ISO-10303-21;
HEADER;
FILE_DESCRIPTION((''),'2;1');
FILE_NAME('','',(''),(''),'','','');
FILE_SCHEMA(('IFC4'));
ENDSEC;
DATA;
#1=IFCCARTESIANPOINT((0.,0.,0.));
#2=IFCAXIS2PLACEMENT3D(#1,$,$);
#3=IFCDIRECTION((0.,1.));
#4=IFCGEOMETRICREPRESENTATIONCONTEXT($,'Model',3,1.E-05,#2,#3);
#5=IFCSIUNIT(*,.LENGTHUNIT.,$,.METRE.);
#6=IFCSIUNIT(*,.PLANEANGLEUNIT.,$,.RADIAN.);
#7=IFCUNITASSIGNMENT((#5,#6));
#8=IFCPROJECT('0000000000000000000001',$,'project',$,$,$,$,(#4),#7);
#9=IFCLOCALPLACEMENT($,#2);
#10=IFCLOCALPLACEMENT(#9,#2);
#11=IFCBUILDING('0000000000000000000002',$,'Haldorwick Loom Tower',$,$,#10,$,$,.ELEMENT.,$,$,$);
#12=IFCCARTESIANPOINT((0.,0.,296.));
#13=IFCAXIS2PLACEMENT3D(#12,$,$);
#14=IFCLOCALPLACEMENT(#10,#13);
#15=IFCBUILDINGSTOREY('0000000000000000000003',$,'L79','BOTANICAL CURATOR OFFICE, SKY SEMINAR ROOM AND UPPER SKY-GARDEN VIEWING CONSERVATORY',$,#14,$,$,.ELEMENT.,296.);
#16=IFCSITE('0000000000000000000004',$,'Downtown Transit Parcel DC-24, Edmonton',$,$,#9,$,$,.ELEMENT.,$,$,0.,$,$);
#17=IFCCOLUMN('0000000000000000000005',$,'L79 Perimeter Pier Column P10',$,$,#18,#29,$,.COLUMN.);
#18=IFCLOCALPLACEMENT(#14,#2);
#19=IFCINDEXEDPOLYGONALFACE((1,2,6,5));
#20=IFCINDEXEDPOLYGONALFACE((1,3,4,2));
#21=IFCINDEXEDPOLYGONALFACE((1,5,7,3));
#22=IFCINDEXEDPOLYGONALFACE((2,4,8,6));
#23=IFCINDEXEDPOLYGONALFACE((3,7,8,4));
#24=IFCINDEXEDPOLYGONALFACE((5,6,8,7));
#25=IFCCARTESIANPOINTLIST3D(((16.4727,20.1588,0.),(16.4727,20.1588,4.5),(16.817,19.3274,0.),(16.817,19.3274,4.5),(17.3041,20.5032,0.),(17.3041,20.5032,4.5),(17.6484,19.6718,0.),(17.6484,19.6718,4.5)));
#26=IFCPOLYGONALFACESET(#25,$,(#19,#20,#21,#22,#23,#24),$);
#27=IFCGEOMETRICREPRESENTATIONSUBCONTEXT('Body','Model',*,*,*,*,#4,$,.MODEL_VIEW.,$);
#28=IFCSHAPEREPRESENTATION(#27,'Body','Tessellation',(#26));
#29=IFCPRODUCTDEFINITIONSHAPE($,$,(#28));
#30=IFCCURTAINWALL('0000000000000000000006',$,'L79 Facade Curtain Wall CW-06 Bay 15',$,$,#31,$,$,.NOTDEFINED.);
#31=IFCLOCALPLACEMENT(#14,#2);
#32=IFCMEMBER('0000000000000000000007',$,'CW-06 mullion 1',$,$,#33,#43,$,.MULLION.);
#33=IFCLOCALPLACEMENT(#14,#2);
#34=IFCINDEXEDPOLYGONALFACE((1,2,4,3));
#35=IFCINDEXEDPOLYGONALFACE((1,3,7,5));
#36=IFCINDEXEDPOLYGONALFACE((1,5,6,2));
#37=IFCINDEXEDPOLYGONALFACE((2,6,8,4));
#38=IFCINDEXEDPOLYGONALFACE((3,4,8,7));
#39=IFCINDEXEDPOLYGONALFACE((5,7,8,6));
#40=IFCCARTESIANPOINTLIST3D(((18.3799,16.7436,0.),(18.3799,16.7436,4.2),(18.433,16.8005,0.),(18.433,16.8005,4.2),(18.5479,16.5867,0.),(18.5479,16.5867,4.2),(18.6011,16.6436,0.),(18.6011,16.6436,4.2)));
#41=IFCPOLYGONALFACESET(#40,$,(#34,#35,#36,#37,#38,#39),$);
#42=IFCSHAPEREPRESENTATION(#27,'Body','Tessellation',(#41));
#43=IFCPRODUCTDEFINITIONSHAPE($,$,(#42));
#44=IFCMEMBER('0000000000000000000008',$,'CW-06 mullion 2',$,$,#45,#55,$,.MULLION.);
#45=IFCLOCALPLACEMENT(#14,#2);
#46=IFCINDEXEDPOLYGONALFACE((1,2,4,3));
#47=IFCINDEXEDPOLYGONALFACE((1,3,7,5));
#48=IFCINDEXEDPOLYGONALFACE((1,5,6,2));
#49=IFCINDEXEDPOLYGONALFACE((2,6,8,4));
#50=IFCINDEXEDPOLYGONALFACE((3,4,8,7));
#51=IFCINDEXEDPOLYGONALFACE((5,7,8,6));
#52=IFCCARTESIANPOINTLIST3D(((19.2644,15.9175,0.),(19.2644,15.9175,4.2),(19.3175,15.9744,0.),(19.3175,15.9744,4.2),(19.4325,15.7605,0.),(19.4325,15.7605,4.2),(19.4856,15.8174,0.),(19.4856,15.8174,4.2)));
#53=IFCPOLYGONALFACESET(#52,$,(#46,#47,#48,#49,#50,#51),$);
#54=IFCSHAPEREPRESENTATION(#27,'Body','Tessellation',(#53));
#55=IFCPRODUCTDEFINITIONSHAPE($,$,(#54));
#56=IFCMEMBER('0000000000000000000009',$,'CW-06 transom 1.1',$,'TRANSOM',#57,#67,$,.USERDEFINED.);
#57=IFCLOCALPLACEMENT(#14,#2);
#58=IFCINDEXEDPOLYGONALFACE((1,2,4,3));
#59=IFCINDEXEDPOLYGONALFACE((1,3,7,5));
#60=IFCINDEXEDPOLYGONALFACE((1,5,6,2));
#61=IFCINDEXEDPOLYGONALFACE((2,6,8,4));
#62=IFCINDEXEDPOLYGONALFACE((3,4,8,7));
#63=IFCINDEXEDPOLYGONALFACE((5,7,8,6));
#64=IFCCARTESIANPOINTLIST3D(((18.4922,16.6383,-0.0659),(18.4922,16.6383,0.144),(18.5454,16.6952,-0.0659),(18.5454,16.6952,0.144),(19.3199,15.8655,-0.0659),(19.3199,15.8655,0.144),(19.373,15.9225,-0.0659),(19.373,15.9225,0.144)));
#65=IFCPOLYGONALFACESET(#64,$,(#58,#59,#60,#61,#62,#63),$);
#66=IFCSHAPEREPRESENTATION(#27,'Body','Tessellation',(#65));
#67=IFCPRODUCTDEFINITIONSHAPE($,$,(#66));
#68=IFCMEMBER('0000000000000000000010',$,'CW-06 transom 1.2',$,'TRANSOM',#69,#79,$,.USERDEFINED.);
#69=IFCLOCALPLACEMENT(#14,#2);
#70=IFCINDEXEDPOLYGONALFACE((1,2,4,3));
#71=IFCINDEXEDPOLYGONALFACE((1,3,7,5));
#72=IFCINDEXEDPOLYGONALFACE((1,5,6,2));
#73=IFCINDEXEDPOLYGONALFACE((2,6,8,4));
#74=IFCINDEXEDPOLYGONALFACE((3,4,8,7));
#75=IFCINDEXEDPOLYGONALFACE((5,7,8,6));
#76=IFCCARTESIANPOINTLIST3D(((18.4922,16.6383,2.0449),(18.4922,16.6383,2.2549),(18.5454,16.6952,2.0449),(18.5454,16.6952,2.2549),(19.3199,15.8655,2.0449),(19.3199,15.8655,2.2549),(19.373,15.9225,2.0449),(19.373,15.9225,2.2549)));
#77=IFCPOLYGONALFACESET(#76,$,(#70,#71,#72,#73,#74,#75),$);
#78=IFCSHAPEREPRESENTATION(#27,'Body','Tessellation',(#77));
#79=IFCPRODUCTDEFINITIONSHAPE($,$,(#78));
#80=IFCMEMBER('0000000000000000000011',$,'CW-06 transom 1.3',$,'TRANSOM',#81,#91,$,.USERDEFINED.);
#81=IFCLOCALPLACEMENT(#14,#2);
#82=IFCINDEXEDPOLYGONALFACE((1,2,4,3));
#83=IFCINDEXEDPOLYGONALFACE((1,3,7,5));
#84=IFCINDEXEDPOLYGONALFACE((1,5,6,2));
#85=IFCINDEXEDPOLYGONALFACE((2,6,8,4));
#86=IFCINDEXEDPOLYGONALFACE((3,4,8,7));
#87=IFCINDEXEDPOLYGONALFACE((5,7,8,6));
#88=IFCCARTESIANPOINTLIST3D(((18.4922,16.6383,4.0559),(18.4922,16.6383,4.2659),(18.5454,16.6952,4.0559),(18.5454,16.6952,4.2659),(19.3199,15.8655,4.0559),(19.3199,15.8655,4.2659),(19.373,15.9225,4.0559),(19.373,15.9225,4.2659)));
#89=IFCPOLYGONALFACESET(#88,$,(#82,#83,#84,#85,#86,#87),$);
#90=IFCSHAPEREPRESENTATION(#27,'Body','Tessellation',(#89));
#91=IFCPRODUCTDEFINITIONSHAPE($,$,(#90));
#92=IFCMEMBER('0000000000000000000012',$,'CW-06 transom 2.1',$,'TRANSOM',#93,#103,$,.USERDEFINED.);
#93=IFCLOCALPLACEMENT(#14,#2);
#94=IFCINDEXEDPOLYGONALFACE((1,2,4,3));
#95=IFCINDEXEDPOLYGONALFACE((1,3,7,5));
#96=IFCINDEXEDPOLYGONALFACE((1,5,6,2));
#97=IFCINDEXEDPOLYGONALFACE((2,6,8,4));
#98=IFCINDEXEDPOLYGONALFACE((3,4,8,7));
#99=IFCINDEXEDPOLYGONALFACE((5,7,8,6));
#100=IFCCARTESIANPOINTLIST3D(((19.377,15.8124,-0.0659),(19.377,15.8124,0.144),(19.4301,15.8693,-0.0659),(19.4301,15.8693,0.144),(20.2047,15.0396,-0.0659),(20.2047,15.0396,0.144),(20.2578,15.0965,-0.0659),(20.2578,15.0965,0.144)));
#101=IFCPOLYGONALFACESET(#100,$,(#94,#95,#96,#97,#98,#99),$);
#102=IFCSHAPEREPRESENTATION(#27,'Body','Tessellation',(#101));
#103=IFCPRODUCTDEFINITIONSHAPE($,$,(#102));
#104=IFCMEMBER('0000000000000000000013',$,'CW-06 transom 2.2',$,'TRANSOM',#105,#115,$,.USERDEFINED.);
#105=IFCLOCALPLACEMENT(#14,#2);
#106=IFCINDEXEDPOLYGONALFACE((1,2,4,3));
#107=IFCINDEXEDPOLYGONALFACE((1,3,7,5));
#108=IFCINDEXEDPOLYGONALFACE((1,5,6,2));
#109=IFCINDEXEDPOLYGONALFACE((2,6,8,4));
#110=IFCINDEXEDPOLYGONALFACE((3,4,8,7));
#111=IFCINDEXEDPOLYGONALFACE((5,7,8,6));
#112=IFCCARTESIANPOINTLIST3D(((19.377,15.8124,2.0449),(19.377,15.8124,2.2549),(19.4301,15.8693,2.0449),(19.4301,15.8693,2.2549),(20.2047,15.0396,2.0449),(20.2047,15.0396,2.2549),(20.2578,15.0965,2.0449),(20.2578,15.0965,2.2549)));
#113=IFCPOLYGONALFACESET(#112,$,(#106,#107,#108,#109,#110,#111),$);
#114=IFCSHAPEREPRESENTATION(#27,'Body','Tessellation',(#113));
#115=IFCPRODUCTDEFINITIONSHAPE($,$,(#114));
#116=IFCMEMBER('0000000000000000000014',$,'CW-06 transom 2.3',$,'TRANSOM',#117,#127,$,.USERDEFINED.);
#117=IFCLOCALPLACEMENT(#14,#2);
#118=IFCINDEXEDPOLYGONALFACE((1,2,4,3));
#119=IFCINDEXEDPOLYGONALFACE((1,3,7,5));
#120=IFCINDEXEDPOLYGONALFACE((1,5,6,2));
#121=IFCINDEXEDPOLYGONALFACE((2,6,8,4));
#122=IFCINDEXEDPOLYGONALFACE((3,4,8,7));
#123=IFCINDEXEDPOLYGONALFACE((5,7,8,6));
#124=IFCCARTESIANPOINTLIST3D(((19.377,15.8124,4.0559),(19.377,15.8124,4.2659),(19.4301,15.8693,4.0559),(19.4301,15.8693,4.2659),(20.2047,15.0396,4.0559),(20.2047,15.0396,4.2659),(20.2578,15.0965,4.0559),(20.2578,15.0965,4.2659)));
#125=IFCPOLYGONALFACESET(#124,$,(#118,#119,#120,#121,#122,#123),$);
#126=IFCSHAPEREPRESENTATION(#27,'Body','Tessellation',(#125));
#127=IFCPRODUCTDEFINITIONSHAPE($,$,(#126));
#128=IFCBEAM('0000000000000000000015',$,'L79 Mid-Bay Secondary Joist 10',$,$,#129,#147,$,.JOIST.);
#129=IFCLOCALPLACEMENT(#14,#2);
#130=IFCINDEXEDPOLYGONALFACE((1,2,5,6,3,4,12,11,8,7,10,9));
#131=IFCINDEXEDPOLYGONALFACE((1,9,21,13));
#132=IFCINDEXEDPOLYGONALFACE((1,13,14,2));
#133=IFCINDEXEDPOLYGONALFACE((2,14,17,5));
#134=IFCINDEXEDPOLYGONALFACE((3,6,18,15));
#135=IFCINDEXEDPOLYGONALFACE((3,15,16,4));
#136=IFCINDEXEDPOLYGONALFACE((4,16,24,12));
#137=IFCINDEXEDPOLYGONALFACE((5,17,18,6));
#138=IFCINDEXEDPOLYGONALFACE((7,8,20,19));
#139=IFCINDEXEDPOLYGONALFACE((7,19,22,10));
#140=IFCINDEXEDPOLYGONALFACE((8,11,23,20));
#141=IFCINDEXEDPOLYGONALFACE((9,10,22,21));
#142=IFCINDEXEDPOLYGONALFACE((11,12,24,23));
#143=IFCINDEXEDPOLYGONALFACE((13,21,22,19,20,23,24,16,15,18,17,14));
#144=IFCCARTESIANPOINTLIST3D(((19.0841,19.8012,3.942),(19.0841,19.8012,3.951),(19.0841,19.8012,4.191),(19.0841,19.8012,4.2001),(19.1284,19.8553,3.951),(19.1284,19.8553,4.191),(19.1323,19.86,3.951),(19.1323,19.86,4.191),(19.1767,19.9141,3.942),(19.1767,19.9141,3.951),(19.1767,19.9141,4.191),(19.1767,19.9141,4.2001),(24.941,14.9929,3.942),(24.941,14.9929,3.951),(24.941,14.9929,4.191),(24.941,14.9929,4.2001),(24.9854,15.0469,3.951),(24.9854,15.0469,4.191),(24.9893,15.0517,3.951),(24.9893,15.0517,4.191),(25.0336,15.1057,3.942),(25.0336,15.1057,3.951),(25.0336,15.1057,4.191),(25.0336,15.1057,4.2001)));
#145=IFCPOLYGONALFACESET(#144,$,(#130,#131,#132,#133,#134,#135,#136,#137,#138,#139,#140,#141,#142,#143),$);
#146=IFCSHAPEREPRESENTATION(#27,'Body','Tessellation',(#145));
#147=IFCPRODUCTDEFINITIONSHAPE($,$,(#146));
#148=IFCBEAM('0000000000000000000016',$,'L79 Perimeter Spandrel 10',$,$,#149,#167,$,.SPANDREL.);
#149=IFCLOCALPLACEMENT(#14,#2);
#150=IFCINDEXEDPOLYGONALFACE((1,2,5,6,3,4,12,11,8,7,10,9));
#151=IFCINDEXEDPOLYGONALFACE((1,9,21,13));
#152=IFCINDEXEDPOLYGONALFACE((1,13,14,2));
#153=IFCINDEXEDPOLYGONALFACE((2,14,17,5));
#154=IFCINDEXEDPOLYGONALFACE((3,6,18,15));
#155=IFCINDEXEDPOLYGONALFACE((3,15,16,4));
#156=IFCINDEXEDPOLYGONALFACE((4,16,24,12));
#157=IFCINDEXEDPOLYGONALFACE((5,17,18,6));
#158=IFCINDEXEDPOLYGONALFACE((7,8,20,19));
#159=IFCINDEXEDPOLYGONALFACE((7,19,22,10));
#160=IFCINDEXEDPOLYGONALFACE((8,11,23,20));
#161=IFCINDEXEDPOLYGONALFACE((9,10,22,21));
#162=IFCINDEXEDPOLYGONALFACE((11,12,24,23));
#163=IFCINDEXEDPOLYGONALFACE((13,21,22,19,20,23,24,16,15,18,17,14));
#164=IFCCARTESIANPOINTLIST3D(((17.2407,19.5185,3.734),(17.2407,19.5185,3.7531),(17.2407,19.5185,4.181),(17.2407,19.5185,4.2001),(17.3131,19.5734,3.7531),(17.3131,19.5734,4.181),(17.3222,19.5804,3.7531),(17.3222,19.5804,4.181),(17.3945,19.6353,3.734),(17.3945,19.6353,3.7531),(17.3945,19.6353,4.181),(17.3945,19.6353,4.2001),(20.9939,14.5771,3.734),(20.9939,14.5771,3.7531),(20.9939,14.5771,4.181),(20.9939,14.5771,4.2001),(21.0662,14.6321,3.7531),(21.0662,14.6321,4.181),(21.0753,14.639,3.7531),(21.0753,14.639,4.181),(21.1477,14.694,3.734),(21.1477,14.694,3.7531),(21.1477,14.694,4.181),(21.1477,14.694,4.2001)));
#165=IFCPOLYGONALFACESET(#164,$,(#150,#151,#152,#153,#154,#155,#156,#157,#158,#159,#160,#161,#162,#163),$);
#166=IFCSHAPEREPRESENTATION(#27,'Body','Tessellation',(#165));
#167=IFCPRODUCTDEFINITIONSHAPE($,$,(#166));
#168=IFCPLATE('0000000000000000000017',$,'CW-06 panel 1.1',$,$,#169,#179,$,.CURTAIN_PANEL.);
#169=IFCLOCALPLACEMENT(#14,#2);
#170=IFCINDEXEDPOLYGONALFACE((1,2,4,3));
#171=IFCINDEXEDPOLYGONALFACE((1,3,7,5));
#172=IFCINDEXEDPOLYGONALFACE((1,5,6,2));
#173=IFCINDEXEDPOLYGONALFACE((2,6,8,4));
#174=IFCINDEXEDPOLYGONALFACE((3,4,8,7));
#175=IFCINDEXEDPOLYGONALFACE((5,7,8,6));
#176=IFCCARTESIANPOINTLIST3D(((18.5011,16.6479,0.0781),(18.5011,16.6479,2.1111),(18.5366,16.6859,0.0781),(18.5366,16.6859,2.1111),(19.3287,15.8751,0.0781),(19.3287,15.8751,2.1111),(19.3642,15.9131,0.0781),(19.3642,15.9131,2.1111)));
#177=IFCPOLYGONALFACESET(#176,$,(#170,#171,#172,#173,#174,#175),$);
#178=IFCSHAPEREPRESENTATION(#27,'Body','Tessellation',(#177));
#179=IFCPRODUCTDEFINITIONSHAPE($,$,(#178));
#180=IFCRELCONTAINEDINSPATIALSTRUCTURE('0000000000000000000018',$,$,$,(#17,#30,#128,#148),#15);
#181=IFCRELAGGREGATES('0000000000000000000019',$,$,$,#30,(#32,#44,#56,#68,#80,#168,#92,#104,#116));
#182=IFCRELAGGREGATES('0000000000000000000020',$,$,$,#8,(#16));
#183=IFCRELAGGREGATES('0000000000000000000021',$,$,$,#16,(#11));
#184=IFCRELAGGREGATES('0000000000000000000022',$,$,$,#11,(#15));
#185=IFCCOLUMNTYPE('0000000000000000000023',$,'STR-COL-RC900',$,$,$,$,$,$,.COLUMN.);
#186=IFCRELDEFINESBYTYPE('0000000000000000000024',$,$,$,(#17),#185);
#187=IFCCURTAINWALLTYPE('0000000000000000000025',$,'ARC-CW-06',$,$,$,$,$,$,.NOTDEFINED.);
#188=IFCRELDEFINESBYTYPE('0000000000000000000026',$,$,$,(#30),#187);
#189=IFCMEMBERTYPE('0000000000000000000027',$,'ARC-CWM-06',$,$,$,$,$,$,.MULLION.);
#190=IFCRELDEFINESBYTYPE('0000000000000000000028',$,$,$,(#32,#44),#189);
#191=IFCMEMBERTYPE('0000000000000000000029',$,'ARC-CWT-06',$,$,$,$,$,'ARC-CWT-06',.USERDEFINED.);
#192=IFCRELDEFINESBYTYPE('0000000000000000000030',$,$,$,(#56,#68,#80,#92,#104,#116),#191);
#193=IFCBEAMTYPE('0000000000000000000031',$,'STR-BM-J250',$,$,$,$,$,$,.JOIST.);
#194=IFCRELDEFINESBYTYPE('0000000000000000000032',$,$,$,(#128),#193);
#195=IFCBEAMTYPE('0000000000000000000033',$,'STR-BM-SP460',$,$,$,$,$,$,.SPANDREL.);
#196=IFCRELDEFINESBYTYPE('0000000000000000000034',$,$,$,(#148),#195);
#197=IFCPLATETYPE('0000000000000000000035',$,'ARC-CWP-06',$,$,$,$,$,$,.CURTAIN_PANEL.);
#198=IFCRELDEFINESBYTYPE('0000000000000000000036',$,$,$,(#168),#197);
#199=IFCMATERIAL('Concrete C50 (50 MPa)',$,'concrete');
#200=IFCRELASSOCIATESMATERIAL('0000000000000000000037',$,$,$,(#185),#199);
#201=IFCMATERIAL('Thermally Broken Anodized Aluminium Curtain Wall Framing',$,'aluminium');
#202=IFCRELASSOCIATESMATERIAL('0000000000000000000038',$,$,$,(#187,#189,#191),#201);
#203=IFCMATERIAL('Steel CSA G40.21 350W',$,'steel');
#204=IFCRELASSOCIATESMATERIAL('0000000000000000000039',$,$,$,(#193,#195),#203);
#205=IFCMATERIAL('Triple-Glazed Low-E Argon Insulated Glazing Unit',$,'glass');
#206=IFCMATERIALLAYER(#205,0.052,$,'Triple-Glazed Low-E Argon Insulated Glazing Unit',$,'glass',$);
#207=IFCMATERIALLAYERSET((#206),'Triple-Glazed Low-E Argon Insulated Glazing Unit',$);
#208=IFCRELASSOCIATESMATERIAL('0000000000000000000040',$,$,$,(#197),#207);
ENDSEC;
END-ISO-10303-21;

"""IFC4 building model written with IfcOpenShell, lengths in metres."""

from ifc_helpers import new_model, si_unit, direction, frame, origin, origin_2d, place, context, subcontext, project, spatial, rectangle, i_section, extrude, material, layer, layer_set, material_profile, profile_set, type_object, element, aggregate, save


model = new_model("IFC4")

# Units and contexts
model_context = context("Model", 3, precision=1e-05, world=origin(), true_north=direction((0.0, 1.0)))
body_context = subcontext(model_context, "Body", "Model", "MODEL_VIEW")
ifc_project = project(units=[si_unit("LENGTHUNIT", "METRE"), si_unit("PLANEANGLEUNIT", "RADIAN")], contexts=[model_context])

# Site, building, storey
site_placement = place(None, origin())
site = spatial("IfcSite", under=ifc_project, at=site_placement, Name="Downtown Transit Parcel DC-24, Edmonton", CompositionType="ELEMENT", RefElevation=0.0)
building_placement = place(site_placement, origin())
building = spatial("IfcBuilding", under=site, at=building_placement, Name="Haldorwick Loom Tower", CompositionType="ELEMENT")
storey_placement = place(building_placement, frame((0.0, 0.0, 296.0)))
storey = spatial("IfcBuildingStorey", under=building, at=storey_placement, Name="L79", Description="BOTANICAL CURATOR OFFICE, SKY SEMINAR ROOM AND UPPER SKY-GARDEN VIEWING CONSERVATORY", CompositionType="ELEMENT", Elevation=296.0)

# Column
ifc_material_1 = material(Name="Concrete C50 (50 MPa)", Category="concrete")
ifc_material_profile_1 = material_profile(ifc_material_1, rectangle(XDim=0.8999, YDim=0.8999, at=origin_2d()), Name="RC900X900", Category="concrete")
ifc_profile_set_1 = profile_set([ifc_material_profile_1], Name="Concrete C50 (50 MPa)")
column_type = type_object("IfcColumnType", Name="STR-COL-RC900", PredefinedType="COLUMN", material=ifc_profile_set_1)
column_placement = place(storey_placement, frame((17.0605, 19.9153, 0.0), z_axis=(0.0, 0.0, 1.0), x_axis=(-0.92388, -0.382683, 0.0)))
element("IfcColumn", 1, at=column_placement, inside=storey, type_object=column_type, Name="L79 Perimeter Pier Column P10", PredefinedType="COLUMN", context=body_context, shape_type="SweptSolid", body=[
    extrude(rectangle(XDim=0.8999, YDim=0.8999, at=origin_2d()), origin(), (0.0, 0.0, 1.0), 4.5),
])

# Curtain wall, members
ifc_material_2 = material(Name="Thermally Broken Anodized Aluminium Curtain Wall Framing", Category="aluminium")
curtain_wall_type = type_object("IfcCurtainWallType", Name="ARC-CW-06", PredefinedType="NOTDEFINED", material=ifc_material_2)
curtain_wall_placement = place(storey_placement, origin())
curtain_wall = element("IfcCurtainWall", 2, at=curtain_wall_placement, inside=storey, type_object=curtain_wall_type, Name="L79 Facade Curtain Wall CW-06 Bay 15", PredefinedType="NOTDEFINED")
ifc_material_profile_2 = material_profile(ifc_material_2, rectangle(XDim=0.0779, YDim=0.23, at=origin_2d()), Name="ALU_MUL_78X230", Category="aluminium")
ifc_profile_set_2 = profile_set([ifc_material_profile_2], Name="Thermally Broken Anodized Aluminium Curtain Wall Framing")
member_type_1 = type_object("IfcMemberType", Name="ARC-CWM-06", PredefinedType="MULLION", material=ifc_profile_set_2)
member_1_placement = place(storey_placement, frame((18.4905, 16.6936, 0.0), z_axis=(0.0, 0.0, 1.0), x_axis=(0.682499, 0.730886, 0.0)))
member_1 = element("IfcMember", 3, at=member_1_placement, type_object=member_type_1, Name="CW-06 mullion 1", PredefinedType="MULLION", context=body_context, shape_type="SweptSolid", body=[
    extrude(rectangle(XDim=0.0779, YDim=0.23, at=origin_2d()), origin(), (0.0, 0.0, 1.0), 4.2),
])
member_2_placement = place(storey_placement, frame((19.375, 15.8674, 0.0), z_axis=(0.0, 0.0, 1.0), x_axis=(0.682499, 0.730886, 0.0)))
member_2 = element("IfcMember", 4, at=member_2_placement, type_object=member_type_1, Name="CW-06 mullion 2", PredefinedType="MULLION", context=body_context, shape_type="SweptSolid", body=[
    extrude(rectangle(XDim=0.0779, YDim=0.23, at=origin_2d()), origin(), (0.0, 0.0, 1.0), 4.2),
])
ifc_material_profile_3 = material_profile(ifc_material_2, rectangle(XDim=0.0779, YDim=0.21, at=origin_2d()), Name="ALU_TRN_78X210", Category="aluminium")
ifc_profile_set_3 = profile_set([ifc_material_profile_3], Name="Thermally Broken Anodized Aluminium Curtain Wall Framing")
member_type_2 = type_object("IfcMemberType", Name="ARC-CWT-06", ElementType="ARC-CWT-06", PredefinedType="USERDEFINED", material=ifc_profile_set_3)
member_3_placement = place(storey_placement, frame((18.5188, 16.6667, 0.0391), z_axis=(0.730948, -0.682433, 0.0), x_axis=(0.682433, 0.730948, 0.0)))
member_3 = element("IfcMember", 5, at=member_3_placement, type_object=member_type_2, Name="CW-06 transom 1.1", ObjectType="TRANSOM", PredefinedType="USERDEFINED", context=body_context, shape_type="SweptSolid", body=[
    extrude(rectangle(XDim=0.0779, YDim=0.21, at=origin_2d()), origin(), (0.0, 0.0, 1.0), 1.1323),
])
member_4_placement = place(storey_placement, frame((18.5188, 16.6667, 2.1499), z_axis=(0.730948, -0.682433, 0.0), x_axis=(0.682433, 0.730948, 0.0)))
member_4 = element("IfcMember", 6, at=member_4_placement, type_object=member_type_2, Name="CW-06 transom 1.2", ObjectType="TRANSOM", PredefinedType="USERDEFINED", context=body_context, shape_type="SweptSolid", body=[
    extrude(rectangle(XDim=0.0779, YDim=0.21, at=origin_2d()), origin(), (0.0, 0.0, 1.0), 1.1323),
])
member_5_placement = place(storey_placement, frame((18.5188, 16.6667, 4.1609), z_axis=(0.730948, -0.682433, 0.0), x_axis=(0.682433, 0.730948, 0.0)))
member_5 = element("IfcMember", 7, at=member_5_placement, type_object=member_type_2, Name="CW-06 transom 1.3", ObjectType="TRANSOM", PredefinedType="USERDEFINED", context=body_context, shape_type="SweptSolid", body=[
    extrude(rectangle(XDim=0.0779, YDim=0.21, at=origin_2d()), origin(), (0.0, 0.0, 1.0), 1.1323),
])
member_6_placement = place(storey_placement, frame((19.4036, 15.8408, 0.0391), z_axis=(0.730948, -0.682433, 0.0), x_axis=(0.682433, 0.730948, 0.0)))
member_6 = element("IfcMember", 8, at=member_6_placement, type_object=member_type_2, Name="CW-06 transom 2.1", ObjectType="TRANSOM", PredefinedType="USERDEFINED", context=body_context, shape_type="SweptSolid", body=[
    extrude(rectangle(XDim=0.0779, YDim=0.21, at=origin_2d()), origin(), (0.0, 0.0, 1.0), 1.1323),
])
member_7_placement = place(storey_placement, frame((19.4036, 15.8408, 2.1499), z_axis=(0.730948, -0.682433, 0.0), x_axis=(0.682433, 0.730948, 0.0)))
member_7 = element("IfcMember", 9, at=member_7_placement, type_object=member_type_2, Name="CW-06 transom 2.2", ObjectType="TRANSOM", PredefinedType="USERDEFINED", context=body_context, shape_type="SweptSolid", body=[
    extrude(rectangle(XDim=0.0779, YDim=0.21, at=origin_2d()), origin(), (0.0, 0.0, 1.0), 1.1323),
])
member_8_placement = place(storey_placement, frame((19.4036, 15.8408, 4.1609), z_axis=(0.730948, -0.682433, 0.0), x_axis=(0.682433, 0.730948, 0.0)))
member_8 = element("IfcMember", 10, at=member_8_placement, type_object=member_type_2, Name="CW-06 transom 2.3", ObjectType="TRANSOM", PredefinedType="USERDEFINED", context=body_context, shape_type="SweptSolid", body=[
    extrude(rectangle(XDim=0.0779, YDim=0.21, at=origin_2d()), origin(), (0.0, 0.0, 1.0), 1.1323),
])

# Beams
ifc_material_3 = material(Name="Steel CSA G40.21 350W", Category="steel")
ifc_material_profile_4 = material_profile(ifc_material_3, i_section(OverallWidth=0.146, OverallDepth=0.2581, WebThickness=0.0061, FlangeThickness=0.009, at=origin_2d()), Name="W250X33", Category="steel")
ifc_profile_set_4 = profile_set([ifc_material_profile_4], Name="Steel CSA G40.21 350W")
beam_type_1 = type_object("IfcBeamType", Name="STR-BM-J250", PredefinedType="JOIST", material=ifc_profile_set_4)
beam_1_placement = place(storey_placement, frame((19.1304, 19.8577, 4.071), z_axis=(0.772901, -0.634526, 0.0), x_axis=(0.634526, 0.772901, 0.0)))
element("IfcBeam", 11, at=beam_1_placement, inside=storey, type_object=beam_type_1, Name="L79 Mid-Bay Secondary Joist 10", PredefinedType="JOIST", context=body_context, shape_type="SweptSolid", body=[
    extrude(i_section(OverallWidth=0.146, OverallDepth=0.2581, WebThickness=0.0061, FlangeThickness=0.009, at=origin_2d()), origin(), (0.0, 0.0, 1.0), 7.5779),
])
ifc_material_profile_5 = material_profile(ifc_material_3, i_section(OverallWidth=0.1931, OverallDepth=0.4661, WebThickness=0.0115, FlangeThickness=0.019, at=origin_2d()), Name="W460X97", Category="steel")
ifc_profile_set_5 = profile_set([ifc_material_profile_5], Name="Steel CSA G40.21 350W")
beam_type_2 = type_object("IfcBeamType", Name="STR-BM-SP460", PredefinedType="SPANDREL", material=ifc_profile_set_5)
beam_2_placement = place(storey_placement, frame((17.3176, 19.5769, 3.967), z_axis=(0.604849, -0.79634, 0.0), x_axis=(0.79634, 0.604849, 0.0)))
element("IfcBeam", 12, at=beam_2_placement, inside=storey, type_object=beam_type_2, Name="L79 Perimeter Spandrel 10", PredefinedType="SPANDREL", context=body_context, shape_type="SweptSolid", body=[
    extrude(i_section(OverallWidth=0.1931, OverallDepth=0.4661, WebThickness=0.0115, FlangeThickness=0.019, at=origin_2d()), origin(), (0.0, 0.0, 1.0), 6.2051),
])

# Plate
ifc_material_4 = material(Name="Triple-Glazed Low-E Argon Insulated Glazing Unit", Category="glass")
ifc_layer_1 = layer(ifc_material_4, 0.052, Name="Triple-Glazed Low-E Argon Insulated Glazing Unit", Category="glass")
ifc_layer_set_1 = layer_set([ifc_layer_1], Name="Triple-Glazed Low-E Argon Insulated Glazing Unit")
plate_type = type_object("IfcPlateType", Name="ARC-CWP-06", PredefinedType="CURTAIN_PANEL", material=ifc_layer_set_1)
plate_1_placement = place(storey_placement, frame((18.9326, 16.2805, 0.0781), z_axis=(0.0, 0.0, 1.0), x_axis=(0.730886, -0.682499, 0.0)))
plate_1 = element("IfcPlate", 13, at=plate_1_placement, type_object=plate_type, Name="CW-06 panel 1.1", PredefinedType="CURTAIN_PANEL", context=body_context, shape_type="SweptSolid", body=[
    extrude(rectangle(XDim=1.1323, YDim=0.052, at=origin_2d()), origin(), (0.0, 0.0, 1.0), 2.033),
])
aggregate(curtain_wall, [member_1, member_2, member_3, member_4, member_5, plate_1, member_6, member_7, member_8])

save(model, "model.ifc")
